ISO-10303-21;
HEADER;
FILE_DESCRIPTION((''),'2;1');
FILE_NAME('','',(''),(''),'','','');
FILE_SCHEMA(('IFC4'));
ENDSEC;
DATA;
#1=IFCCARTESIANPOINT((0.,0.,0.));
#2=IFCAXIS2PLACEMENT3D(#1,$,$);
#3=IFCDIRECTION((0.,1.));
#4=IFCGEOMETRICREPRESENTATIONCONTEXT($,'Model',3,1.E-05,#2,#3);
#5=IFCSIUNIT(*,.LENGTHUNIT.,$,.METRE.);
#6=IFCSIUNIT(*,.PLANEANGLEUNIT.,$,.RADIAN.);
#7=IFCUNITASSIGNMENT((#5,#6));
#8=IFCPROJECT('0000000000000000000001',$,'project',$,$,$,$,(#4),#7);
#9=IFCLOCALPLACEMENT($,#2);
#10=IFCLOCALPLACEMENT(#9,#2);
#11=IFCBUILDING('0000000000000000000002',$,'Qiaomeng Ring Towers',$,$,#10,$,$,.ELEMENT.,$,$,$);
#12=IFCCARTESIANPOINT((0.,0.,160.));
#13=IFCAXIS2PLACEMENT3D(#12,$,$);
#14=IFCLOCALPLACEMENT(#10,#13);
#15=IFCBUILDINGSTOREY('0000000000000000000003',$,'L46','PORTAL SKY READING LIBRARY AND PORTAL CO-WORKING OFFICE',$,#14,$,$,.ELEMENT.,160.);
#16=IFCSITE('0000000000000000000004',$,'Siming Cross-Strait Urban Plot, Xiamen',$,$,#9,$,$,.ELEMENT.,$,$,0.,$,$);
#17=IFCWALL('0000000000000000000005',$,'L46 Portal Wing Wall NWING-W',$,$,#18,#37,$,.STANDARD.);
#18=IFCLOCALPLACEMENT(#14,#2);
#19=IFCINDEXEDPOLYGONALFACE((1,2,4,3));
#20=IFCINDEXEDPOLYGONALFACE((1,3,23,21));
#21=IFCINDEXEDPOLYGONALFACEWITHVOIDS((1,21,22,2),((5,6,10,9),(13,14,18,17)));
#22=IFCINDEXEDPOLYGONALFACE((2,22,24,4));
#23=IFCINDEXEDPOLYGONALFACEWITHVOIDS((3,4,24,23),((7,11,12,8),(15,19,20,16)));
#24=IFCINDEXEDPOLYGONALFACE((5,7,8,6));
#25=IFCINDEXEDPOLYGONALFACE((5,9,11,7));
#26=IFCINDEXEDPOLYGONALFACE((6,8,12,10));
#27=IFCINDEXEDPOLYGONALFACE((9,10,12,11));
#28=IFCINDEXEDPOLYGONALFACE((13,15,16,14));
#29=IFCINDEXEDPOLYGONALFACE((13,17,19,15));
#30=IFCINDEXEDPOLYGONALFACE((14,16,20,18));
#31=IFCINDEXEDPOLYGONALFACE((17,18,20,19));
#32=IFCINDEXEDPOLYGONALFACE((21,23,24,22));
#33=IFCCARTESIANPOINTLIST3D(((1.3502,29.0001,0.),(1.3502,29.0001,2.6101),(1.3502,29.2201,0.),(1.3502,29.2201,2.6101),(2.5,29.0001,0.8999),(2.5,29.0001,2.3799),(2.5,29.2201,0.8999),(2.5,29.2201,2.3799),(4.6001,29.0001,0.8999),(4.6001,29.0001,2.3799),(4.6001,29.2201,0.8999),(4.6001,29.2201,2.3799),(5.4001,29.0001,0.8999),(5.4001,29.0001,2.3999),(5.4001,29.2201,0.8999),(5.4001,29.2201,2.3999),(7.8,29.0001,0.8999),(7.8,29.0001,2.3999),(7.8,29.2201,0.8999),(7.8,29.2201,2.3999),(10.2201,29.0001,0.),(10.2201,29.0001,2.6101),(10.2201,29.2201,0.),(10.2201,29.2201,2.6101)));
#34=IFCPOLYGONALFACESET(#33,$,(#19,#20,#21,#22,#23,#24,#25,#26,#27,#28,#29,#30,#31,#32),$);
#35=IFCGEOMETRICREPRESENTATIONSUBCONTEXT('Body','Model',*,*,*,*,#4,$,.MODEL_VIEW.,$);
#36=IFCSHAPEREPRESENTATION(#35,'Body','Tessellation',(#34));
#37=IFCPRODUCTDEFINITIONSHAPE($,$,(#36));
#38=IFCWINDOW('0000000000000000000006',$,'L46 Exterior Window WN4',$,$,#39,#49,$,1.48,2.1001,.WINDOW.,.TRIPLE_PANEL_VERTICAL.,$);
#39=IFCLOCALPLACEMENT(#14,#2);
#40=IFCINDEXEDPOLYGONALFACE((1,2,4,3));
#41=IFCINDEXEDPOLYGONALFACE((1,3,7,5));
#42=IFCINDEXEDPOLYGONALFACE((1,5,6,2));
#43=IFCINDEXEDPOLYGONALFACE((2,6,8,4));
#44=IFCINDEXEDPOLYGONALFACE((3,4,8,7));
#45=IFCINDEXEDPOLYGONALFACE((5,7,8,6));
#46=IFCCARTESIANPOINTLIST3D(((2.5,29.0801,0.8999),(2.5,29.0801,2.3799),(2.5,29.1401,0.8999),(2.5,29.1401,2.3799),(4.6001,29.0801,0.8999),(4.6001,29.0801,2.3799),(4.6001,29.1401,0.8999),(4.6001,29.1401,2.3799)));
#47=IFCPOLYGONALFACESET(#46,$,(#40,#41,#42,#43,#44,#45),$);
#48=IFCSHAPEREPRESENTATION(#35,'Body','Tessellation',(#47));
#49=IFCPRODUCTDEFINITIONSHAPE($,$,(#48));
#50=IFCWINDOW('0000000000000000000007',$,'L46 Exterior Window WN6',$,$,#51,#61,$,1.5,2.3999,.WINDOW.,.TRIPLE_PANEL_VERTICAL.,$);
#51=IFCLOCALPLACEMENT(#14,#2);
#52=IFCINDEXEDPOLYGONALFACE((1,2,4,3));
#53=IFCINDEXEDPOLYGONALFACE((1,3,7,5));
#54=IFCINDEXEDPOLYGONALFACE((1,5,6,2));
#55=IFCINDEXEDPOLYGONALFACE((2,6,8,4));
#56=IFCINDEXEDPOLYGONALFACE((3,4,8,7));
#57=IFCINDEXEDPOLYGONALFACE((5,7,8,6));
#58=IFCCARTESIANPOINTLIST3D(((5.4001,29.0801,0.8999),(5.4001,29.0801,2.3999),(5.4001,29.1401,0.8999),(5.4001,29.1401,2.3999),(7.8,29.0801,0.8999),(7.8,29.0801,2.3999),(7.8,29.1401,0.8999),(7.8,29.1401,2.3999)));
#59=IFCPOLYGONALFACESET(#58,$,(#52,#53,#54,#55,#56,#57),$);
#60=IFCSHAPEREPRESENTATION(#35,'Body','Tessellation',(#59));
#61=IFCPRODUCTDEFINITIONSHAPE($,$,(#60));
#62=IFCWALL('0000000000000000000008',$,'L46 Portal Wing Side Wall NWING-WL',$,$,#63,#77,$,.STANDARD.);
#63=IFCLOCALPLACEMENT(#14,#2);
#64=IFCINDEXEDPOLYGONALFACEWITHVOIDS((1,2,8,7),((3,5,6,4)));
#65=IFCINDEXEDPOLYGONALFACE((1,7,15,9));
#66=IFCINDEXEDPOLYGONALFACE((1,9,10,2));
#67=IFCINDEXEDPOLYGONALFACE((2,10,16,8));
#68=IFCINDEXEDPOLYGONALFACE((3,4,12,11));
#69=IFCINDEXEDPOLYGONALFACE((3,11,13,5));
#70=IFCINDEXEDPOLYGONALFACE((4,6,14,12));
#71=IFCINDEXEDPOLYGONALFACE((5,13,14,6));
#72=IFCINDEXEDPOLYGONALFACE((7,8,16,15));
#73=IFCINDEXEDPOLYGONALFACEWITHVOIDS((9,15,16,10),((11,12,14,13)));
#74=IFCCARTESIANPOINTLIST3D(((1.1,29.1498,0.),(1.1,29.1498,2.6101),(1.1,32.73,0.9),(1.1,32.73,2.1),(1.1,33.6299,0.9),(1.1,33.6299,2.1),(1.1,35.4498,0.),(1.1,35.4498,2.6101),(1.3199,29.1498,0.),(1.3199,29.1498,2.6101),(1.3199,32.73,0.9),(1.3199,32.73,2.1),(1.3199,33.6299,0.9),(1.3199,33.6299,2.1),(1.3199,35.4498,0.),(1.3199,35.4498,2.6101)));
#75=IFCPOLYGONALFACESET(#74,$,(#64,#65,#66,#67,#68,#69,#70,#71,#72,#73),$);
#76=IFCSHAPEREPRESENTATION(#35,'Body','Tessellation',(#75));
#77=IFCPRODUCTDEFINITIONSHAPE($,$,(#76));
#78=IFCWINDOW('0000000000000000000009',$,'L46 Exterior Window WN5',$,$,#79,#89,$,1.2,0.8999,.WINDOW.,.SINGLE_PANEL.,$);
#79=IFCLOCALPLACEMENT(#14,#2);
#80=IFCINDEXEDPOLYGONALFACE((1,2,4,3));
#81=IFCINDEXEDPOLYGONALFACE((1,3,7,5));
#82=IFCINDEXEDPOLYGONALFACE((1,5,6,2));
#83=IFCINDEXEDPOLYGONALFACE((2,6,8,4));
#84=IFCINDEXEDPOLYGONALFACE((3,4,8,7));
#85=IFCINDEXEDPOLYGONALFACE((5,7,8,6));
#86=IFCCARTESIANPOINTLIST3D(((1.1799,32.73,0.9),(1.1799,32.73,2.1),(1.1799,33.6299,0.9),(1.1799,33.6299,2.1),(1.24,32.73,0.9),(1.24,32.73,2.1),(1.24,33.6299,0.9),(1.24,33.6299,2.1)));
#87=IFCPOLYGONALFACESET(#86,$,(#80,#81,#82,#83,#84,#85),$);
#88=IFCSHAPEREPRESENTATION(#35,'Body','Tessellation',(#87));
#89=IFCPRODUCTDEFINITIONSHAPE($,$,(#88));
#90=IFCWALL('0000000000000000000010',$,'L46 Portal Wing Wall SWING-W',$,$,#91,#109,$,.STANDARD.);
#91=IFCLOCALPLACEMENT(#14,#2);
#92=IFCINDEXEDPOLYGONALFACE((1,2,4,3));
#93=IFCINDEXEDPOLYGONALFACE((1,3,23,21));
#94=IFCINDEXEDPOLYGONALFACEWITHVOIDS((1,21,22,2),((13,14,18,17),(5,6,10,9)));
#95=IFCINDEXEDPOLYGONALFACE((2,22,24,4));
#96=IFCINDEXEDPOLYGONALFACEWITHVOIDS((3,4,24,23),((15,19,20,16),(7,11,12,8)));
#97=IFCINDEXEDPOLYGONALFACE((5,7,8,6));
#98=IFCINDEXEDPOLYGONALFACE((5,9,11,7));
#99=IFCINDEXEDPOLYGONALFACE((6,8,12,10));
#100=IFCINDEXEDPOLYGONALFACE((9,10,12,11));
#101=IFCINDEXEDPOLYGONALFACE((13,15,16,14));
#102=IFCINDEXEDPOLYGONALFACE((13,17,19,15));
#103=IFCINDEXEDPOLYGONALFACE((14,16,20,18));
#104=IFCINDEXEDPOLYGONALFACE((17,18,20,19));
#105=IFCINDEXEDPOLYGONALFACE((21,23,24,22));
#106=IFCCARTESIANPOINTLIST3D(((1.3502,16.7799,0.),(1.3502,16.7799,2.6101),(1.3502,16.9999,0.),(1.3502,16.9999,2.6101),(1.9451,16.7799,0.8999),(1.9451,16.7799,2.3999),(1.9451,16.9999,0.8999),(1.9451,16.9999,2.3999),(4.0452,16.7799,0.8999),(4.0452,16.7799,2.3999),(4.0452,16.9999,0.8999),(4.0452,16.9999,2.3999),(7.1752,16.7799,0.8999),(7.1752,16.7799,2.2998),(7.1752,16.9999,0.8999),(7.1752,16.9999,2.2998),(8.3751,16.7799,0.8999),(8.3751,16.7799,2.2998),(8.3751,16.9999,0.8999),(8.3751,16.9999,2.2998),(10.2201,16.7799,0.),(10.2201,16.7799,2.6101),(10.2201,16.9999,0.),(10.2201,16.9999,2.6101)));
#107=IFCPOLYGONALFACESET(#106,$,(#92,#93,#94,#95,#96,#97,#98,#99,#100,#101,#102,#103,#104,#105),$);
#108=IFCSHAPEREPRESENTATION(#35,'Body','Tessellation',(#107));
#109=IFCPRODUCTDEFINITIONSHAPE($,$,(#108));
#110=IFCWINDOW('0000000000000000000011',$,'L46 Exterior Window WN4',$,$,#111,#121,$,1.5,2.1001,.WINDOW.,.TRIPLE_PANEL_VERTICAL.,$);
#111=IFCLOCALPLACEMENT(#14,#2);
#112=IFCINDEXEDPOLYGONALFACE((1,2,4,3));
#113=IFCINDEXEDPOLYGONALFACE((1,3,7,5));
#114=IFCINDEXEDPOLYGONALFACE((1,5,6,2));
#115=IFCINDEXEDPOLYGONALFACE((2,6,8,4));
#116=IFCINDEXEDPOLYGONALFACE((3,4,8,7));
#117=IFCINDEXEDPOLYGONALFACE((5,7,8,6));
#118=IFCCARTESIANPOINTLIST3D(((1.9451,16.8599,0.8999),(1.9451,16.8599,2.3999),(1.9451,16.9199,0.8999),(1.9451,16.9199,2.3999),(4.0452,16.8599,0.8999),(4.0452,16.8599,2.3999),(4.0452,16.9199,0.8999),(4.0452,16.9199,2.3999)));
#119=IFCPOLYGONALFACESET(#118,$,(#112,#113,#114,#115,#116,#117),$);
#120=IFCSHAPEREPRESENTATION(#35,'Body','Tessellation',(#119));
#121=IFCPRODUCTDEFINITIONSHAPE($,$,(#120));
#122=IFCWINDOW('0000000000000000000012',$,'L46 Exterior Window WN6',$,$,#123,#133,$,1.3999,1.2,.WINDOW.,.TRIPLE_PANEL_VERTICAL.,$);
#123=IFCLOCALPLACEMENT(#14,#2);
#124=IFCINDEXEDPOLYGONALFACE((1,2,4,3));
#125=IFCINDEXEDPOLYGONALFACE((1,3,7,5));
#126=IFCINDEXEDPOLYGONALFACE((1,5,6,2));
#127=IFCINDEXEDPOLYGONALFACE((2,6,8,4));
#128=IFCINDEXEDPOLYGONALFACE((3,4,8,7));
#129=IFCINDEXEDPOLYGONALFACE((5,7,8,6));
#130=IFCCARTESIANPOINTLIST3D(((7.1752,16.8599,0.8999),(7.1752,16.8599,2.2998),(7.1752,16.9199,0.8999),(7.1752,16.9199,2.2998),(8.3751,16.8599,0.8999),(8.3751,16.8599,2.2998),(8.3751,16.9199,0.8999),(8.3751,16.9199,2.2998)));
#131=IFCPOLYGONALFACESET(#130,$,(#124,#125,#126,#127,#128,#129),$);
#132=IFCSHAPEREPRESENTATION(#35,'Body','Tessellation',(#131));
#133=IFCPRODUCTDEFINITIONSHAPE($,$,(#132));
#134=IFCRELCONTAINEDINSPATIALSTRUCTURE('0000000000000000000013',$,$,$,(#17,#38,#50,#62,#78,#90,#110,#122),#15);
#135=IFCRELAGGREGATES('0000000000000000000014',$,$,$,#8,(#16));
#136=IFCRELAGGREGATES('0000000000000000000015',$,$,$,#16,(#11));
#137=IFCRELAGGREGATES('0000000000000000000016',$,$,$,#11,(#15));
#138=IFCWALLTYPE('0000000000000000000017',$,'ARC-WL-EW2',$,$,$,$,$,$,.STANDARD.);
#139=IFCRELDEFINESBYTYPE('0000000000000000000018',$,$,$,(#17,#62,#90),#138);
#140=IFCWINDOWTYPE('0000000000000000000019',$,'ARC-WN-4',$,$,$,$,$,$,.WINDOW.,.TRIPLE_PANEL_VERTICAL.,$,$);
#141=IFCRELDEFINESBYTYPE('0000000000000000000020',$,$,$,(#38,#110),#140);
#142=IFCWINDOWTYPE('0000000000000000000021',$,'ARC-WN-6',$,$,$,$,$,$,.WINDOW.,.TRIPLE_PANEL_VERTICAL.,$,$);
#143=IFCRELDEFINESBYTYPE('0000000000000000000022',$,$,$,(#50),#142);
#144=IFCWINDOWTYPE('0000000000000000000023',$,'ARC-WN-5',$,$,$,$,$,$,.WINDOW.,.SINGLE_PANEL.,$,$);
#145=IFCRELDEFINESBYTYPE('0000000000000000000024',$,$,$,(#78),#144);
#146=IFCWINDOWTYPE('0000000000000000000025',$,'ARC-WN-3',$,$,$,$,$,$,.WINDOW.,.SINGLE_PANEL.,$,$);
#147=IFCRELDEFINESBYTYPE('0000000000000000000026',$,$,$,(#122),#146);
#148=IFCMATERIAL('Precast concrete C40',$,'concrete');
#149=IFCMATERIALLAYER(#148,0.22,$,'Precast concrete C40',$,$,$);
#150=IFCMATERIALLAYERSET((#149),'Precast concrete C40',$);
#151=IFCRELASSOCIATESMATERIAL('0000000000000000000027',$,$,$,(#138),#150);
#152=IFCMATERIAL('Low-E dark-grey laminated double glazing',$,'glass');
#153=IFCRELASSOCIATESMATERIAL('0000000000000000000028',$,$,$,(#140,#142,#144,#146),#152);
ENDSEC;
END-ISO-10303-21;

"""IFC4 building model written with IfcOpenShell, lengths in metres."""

from ifc_helpers import new_model, si_unit, direction, frame, frame_2d, origin, place, context, subcontext, project, spatial, rectangle, extrude, source, transform, mapped, material, layer, layer_set, type_object, element, fill, save


model = new_model("IFC4")

# Units and contexts
model_context = context("Model", 3, precision=1e-05, world=origin(), true_north=direction((0.0, 1.0)))
body_context = subcontext(model_context, "Body", "Model", "MODEL_VIEW")
ifc_project = project(units=[si_unit("LENGTHUNIT", "METRE"), si_unit("PLANEANGLEUNIT", "RADIAN")], contexts=[model_context])

# Site, building, storey
site_placement = place(None, origin())
site = spatial("IfcSite", under=ifc_project, at=site_placement, Name="Siming Cross-Strait Urban Plot, Xiamen", CompositionType="ELEMENT", RefElevation=0.0)
building_placement = place(site_placement, origin())
building = spatial("IfcBuilding", under=site, at=building_placement, Name="Qiaomeng Ring Towers", CompositionType="ELEMENT")
storey_placement = place(building_placement, frame((0.0, 0.0, 160.0)))
storey = spatial("IfcBuildingStorey", under=building, at=storey_placement, Name="L46", Description="PORTAL SKY READING LIBRARY AND PORTAL CO-WORKING OFFICE", CompositionType="ELEMENT", Elevation=160.0)

# Wall, openings, windows
ifc_material_1 = material(Name="Precast concrete C40", Category="concrete")
ifc_layer_1 = layer(ifc_material_1, 0.22, Name="Precast concrete C40")
ifc_layer_set_1 = layer_set([ifc_layer_1], Name="Precast concrete C40")
wall_type_1 = type_object("IfcWallType", Name="ARC-WL-EW2", PredefinedType="STANDARD", material=ifc_layer_set_1)
wall_1_placement = place(storey_placement, frame((1.3501, 29.1101, 0.0), z_axis=(0.0, 0.0, 1.0), x_axis=(1.0, 0.0, 0.0)))
wall_1 = element("IfcWall", 1, at=wall_1_placement, inside=storey, type_object=wall_type_1, Name="L46 Portal Wing Wall NWING-W", PredefinedType="STANDARD", context=body_context, shape_type="SweptSolid", body=[
    extrude(rectangle(XDim=8.8699, YDim=0.22, at=frame_2d((4.4351, 0.0))), origin(), (0.0, 0.0, 1.0), 2.6101),
])
opening_1_placement = place(wall_1_placement, frame((1.1499, 0.0, 0.8999)))
opening_1 = element("IfcOpeningElement", 2, at=opening_1_placement, cuts=wall_1, PredefinedType="OPENING", context=body_context, shape_type="SweptSolid", body=[
    extrude(rectangle(XDim=2.1001, YDim=1.48, at=frame_2d((1.05, 0.74))), frame((0.0, 0.1199, 0.0), z_axis=(0.0, -1.0, 0.0), x_axis=(1.0, 0.0, 0.0)), (0.0, 0.0, 1.0), 0.24),
])
opening_2_placement = place(wall_1_placement, frame((4.05, 0.0, 0.8999)))
opening_2 = element("IfcOpeningElement", 3, at=opening_2_placement, cuts=wall_1, PredefinedType="OPENING", context=body_context, shape_type="SweptSolid", body=[
    extrude(rectangle(XDim=2.3999, YDim=1.5, at=frame_2d((1.2, 0.75))), frame((0.0, 0.1199, 0.0), z_axis=(0.0, -1.0, 0.0), x_axis=(1.0, 0.0, 0.0)), (0.0, 0.0, 1.0), 0.24),
])
ifc_material_2 = material(Name="Low-E dark-grey laminated double glazing", Category="glass")
window_type_1 = type_object("IfcWindowType", Name="ARC-WN-4", PartitioningType="TRIPLE_PANEL_VERTICAL", PredefinedType="WINDOW", material=ifc_material_2)
shared_shape_1 = source(origin(), body_context, "Body", "SweptSolid", [
    extrude(rectangle(XDim=2.1001, YDim=1.48, at=frame_2d((1.05, 0.74))), frame((0.0, 0.03, 0.0), z_axis=(0.0, -1.0, 0.0), x_axis=(1.0, 0.0, 0.0)), (0.0, 0.0, 1.0), 0.0601),
])
window_1_placement = place(opening_1_placement, origin())
window_1 = element("IfcWindow", 4, at=window_1_placement, inside=storey, type_object=window_type_1, Name="L46 Exterior Window WN4", OverallHeight=1.48, OverallWidth=2.1001, PartitioningType="TRIPLE_PANEL_VERTICAL", PredefinedType="WINDOW", context=body_context, shape_type="MappedRepresentation", body=[
    mapped(shared_shape_1, transform((0.0, 0.0, 0.0), x_axis=(1.0, 0.0, 0.0), y_axis=(0.0, 1.0, 0.0), z_axis=(0.0, 0.0, 1.0), scale=1.0)),
])
fill(opening_1, window_1)
window_type_2 = type_object("IfcWindowType", Name="ARC-WN-6", PartitioningType="TRIPLE_PANEL_VERTICAL", PredefinedType="WINDOW", material=ifc_material_2)
shared_shape_2 = source(origin(), body_context, "Body", "SweptSolid", [
    extrude(rectangle(XDim=2.3999, YDim=1.5, at=frame_2d((1.2, 0.75))), frame((0.0, 0.03, 0.0), z_axis=(0.0, -1.0, 0.0), x_axis=(1.0, 0.0, 0.0)), (0.0, 0.0, 1.0), 0.0601),
])
window_2_placement = place(opening_2_placement, origin())
window_2 = element("IfcWindow", 5, at=window_2_placement, inside=storey, type_object=window_type_2, Name="L46 Exterior Window WN6", OverallHeight=1.5, OverallWidth=2.3999, PartitioningType="TRIPLE_PANEL_VERTICAL", PredefinedType="WINDOW", context=body_context, shape_type="MappedRepresentation", body=[
    mapped(shared_shape_2, transform((0.0, 0.0, 0.0), x_axis=(1.0, 0.0, 0.0), y_axis=(0.0, 1.0, 0.0), z_axis=(0.0, 0.0, 1.0), scale=1.0)),
])
fill(opening_2, window_2)

# Wall, opening, window
wall_2_placement = place(storey_placement, frame((1.21, 29.1499, 0.0), z_axis=(0.0, 0.0, 1.0), x_axis=(0.0, 1.0, 0.0)))
wall_2 = element("IfcWall", 6, at=wall_2_placement, inside=storey, type_object=wall_type_1, Name="L46 Portal Wing Side Wall NWING-WL", PredefinedType="STANDARD", context=body_context, shape_type="SweptSolid", body=[
    extrude(rectangle(XDim=6.3, YDim=0.22, at=frame_2d((3.1499, 0.0))), origin(), (0.0, 0.0, 1.0), 2.6101),
])
opening_3_placement = place(wall_2_placement, frame((3.5801, 0.0, 0.8999)))
opening_3 = element("IfcOpeningElement", 7, at=opening_3_placement, cuts=wall_2, PredefinedType="OPENING", context=body_context, shape_type="SweptSolid", body=[
    extrude(rectangle(XDim=0.8999, YDim=1.2, at=frame_2d((0.45, 0.6001))), frame((0.0, 0.1199, 0.0), z_axis=(0.0, -1.0, 0.0), x_axis=(1.0, 0.0, 0.0)), (0.0, 0.0, 1.0), 0.24),
])
window_type_3 = type_object("IfcWindowType", Name="ARC-WN-5", PartitioningType="SINGLE_PANEL", PredefinedType="WINDOW", material=ifc_material_2)
shared_shape_3 = source(origin(), body_context, "Body", "SweptSolid", [
    extrude(rectangle(XDim=0.8999, YDim=1.2, at=frame_2d((0.45, 0.6001))), frame((0.0, 0.03, 0.0), z_axis=(0.0, -1.0, 0.0), x_axis=(1.0, 0.0, 0.0)), (0.0, 0.0, 1.0), 0.0601),
])
window_3_placement = place(opening_3_placement, origin())
window_3 = element("IfcWindow", 8, at=window_3_placement, inside=storey, type_object=window_type_3, Name="L46 Exterior Window WN5", OverallHeight=1.2, OverallWidth=0.8999, PartitioningType="SINGLE_PANEL", PredefinedType="WINDOW", context=body_context, shape_type="MappedRepresentation", body=[
    mapped(shared_shape_3, transform((0.0, 0.0, 0.0), x_axis=(1.0, 0.0, 0.0), y_axis=(0.0, 1.0, 0.0), z_axis=(0.0, 0.0, 1.0), scale=1.0)),
])
fill(opening_3, window_3)

# Wall, openings, windows
wall_3_placement = place(storey_placement, frame((1.3501, 16.8899, 0.0), z_axis=(0.0, 0.0, 1.0), x_axis=(1.0, 0.0, 0.0)))
wall_3 = element("IfcWall", 9, at=wall_3_placement, inside=storey, type_object=wall_type_1, Name="L46 Portal Wing Wall SWING-W", PredefinedType="STANDARD", context=body_context, shape_type="SweptSolid", body=[
    extrude(rectangle(XDim=8.8699, YDim=0.22, at=frame_2d((4.4351, 0.0))), origin(), (0.0, 0.0, 1.0), 2.6101),
])
opening_4_placement = place(wall_3_placement, frame((0.595, 0.0, 0.8999)))
opening_4 = element("IfcOpeningElement", 10, at=opening_4_placement, cuts=wall_3, PredefinedType="OPENING", context=body_context, shape_type="SweptSolid", body=[
    extrude(rectangle(XDim=2.1001, YDim=1.5, at=frame_2d((1.05, 0.75))), frame((0.0, 0.1199, 0.0), z_axis=(0.0, -1.0, 0.0), x_axis=(1.0, 0.0, 0.0)), (0.0, 0.0, 1.0), 0.24),
])
opening_5_placement = place(wall_3_placement, frame((5.825, 0.0, 0.8999)))
opening_5 = element("IfcOpeningElement", 11, at=opening_5_placement, cuts=wall_3, PredefinedType="OPENING", context=body_context, shape_type="SweptSolid", body=[
    extrude(rectangle(XDim=1.2, YDim=1.3999, at=frame_2d((0.6001, 0.7))), frame((0.0, 0.1199, 0.0), z_axis=(0.0, -1.0, 0.0), x_axis=(1.0, 0.0, 0.0)), (0.0, 0.0, 1.0), 0.24),
])
shared_shape_4 = source(origin(), body_context, "Body", "SweptSolid", [
    extrude(rectangle(XDim=2.1001, YDim=1.5, at=frame_2d((1.05, 0.75))), frame((0.0, 0.03, 0.0), z_axis=(0.0, -1.0, 0.0), x_axis=(1.0, 0.0, 0.0)), (0.0, 0.0, 1.0), 0.0601),
])
window_4_placement = place(opening_4_placement, origin())
window_4 = element("IfcWindow", 12, at=window_4_placement, inside=storey, type_object=window_type_1, Name="L46 Exterior Window WN4", OverallHeight=1.5, OverallWidth=2.1001, PartitioningType="TRIPLE_PANEL_VERTICAL", PredefinedType="WINDOW", context=body_context, shape_type="MappedRepresentation", body=[
    mapped(shared_shape_4, transform((0.0, 0.0, 0.0), x_axis=(1.0, 0.0, 0.0), y_axis=(0.0, 1.0, 0.0), z_axis=(0.0, 0.0, 1.0), scale=1.0)),
])
fill(opening_4, window_4)
window_type_4 = type_object("IfcWindowType", Name="ARC-WN-3", PartitioningType="SINGLE_PANEL", PredefinedType="WINDOW", material=ifc_material_2)
shared_shape_5 = source(origin(), body_context, "Body", "SweptSolid", [
    extrude(rectangle(XDim=1.2, YDim=1.3999, at=frame_2d((0.6001, 0.7))), frame((0.0, 0.03, 0.0), z_axis=(0.0, -1.0, 0.0), x_axis=(1.0, 0.0, 0.0)), (0.0, 0.0, 1.0), 0.0601),
])
window_5_placement = place(opening_5_placement, origin())
window_5 = element("IfcWindow", 13, at=window_5_placement, inside=storey, type_object=window_type_4, Name="L46 Exterior Window WN6", OverallHeight=1.3999, OverallWidth=1.2, PartitioningType="TRIPLE_PANEL_VERTICAL", PredefinedType="WINDOW", context=body_context, shape_type="MappedRepresentation", body=[
    mapped(shared_shape_5, transform((0.0, 0.0, 0.0), x_axis=(1.0, 0.0, 0.0), y_axis=(0.0, 1.0, 0.0), z_axis=(0.0, 0.0, 1.0), scale=1.0)),
])
fill(opening_5, window_5)

save(model, "model.ifc")
